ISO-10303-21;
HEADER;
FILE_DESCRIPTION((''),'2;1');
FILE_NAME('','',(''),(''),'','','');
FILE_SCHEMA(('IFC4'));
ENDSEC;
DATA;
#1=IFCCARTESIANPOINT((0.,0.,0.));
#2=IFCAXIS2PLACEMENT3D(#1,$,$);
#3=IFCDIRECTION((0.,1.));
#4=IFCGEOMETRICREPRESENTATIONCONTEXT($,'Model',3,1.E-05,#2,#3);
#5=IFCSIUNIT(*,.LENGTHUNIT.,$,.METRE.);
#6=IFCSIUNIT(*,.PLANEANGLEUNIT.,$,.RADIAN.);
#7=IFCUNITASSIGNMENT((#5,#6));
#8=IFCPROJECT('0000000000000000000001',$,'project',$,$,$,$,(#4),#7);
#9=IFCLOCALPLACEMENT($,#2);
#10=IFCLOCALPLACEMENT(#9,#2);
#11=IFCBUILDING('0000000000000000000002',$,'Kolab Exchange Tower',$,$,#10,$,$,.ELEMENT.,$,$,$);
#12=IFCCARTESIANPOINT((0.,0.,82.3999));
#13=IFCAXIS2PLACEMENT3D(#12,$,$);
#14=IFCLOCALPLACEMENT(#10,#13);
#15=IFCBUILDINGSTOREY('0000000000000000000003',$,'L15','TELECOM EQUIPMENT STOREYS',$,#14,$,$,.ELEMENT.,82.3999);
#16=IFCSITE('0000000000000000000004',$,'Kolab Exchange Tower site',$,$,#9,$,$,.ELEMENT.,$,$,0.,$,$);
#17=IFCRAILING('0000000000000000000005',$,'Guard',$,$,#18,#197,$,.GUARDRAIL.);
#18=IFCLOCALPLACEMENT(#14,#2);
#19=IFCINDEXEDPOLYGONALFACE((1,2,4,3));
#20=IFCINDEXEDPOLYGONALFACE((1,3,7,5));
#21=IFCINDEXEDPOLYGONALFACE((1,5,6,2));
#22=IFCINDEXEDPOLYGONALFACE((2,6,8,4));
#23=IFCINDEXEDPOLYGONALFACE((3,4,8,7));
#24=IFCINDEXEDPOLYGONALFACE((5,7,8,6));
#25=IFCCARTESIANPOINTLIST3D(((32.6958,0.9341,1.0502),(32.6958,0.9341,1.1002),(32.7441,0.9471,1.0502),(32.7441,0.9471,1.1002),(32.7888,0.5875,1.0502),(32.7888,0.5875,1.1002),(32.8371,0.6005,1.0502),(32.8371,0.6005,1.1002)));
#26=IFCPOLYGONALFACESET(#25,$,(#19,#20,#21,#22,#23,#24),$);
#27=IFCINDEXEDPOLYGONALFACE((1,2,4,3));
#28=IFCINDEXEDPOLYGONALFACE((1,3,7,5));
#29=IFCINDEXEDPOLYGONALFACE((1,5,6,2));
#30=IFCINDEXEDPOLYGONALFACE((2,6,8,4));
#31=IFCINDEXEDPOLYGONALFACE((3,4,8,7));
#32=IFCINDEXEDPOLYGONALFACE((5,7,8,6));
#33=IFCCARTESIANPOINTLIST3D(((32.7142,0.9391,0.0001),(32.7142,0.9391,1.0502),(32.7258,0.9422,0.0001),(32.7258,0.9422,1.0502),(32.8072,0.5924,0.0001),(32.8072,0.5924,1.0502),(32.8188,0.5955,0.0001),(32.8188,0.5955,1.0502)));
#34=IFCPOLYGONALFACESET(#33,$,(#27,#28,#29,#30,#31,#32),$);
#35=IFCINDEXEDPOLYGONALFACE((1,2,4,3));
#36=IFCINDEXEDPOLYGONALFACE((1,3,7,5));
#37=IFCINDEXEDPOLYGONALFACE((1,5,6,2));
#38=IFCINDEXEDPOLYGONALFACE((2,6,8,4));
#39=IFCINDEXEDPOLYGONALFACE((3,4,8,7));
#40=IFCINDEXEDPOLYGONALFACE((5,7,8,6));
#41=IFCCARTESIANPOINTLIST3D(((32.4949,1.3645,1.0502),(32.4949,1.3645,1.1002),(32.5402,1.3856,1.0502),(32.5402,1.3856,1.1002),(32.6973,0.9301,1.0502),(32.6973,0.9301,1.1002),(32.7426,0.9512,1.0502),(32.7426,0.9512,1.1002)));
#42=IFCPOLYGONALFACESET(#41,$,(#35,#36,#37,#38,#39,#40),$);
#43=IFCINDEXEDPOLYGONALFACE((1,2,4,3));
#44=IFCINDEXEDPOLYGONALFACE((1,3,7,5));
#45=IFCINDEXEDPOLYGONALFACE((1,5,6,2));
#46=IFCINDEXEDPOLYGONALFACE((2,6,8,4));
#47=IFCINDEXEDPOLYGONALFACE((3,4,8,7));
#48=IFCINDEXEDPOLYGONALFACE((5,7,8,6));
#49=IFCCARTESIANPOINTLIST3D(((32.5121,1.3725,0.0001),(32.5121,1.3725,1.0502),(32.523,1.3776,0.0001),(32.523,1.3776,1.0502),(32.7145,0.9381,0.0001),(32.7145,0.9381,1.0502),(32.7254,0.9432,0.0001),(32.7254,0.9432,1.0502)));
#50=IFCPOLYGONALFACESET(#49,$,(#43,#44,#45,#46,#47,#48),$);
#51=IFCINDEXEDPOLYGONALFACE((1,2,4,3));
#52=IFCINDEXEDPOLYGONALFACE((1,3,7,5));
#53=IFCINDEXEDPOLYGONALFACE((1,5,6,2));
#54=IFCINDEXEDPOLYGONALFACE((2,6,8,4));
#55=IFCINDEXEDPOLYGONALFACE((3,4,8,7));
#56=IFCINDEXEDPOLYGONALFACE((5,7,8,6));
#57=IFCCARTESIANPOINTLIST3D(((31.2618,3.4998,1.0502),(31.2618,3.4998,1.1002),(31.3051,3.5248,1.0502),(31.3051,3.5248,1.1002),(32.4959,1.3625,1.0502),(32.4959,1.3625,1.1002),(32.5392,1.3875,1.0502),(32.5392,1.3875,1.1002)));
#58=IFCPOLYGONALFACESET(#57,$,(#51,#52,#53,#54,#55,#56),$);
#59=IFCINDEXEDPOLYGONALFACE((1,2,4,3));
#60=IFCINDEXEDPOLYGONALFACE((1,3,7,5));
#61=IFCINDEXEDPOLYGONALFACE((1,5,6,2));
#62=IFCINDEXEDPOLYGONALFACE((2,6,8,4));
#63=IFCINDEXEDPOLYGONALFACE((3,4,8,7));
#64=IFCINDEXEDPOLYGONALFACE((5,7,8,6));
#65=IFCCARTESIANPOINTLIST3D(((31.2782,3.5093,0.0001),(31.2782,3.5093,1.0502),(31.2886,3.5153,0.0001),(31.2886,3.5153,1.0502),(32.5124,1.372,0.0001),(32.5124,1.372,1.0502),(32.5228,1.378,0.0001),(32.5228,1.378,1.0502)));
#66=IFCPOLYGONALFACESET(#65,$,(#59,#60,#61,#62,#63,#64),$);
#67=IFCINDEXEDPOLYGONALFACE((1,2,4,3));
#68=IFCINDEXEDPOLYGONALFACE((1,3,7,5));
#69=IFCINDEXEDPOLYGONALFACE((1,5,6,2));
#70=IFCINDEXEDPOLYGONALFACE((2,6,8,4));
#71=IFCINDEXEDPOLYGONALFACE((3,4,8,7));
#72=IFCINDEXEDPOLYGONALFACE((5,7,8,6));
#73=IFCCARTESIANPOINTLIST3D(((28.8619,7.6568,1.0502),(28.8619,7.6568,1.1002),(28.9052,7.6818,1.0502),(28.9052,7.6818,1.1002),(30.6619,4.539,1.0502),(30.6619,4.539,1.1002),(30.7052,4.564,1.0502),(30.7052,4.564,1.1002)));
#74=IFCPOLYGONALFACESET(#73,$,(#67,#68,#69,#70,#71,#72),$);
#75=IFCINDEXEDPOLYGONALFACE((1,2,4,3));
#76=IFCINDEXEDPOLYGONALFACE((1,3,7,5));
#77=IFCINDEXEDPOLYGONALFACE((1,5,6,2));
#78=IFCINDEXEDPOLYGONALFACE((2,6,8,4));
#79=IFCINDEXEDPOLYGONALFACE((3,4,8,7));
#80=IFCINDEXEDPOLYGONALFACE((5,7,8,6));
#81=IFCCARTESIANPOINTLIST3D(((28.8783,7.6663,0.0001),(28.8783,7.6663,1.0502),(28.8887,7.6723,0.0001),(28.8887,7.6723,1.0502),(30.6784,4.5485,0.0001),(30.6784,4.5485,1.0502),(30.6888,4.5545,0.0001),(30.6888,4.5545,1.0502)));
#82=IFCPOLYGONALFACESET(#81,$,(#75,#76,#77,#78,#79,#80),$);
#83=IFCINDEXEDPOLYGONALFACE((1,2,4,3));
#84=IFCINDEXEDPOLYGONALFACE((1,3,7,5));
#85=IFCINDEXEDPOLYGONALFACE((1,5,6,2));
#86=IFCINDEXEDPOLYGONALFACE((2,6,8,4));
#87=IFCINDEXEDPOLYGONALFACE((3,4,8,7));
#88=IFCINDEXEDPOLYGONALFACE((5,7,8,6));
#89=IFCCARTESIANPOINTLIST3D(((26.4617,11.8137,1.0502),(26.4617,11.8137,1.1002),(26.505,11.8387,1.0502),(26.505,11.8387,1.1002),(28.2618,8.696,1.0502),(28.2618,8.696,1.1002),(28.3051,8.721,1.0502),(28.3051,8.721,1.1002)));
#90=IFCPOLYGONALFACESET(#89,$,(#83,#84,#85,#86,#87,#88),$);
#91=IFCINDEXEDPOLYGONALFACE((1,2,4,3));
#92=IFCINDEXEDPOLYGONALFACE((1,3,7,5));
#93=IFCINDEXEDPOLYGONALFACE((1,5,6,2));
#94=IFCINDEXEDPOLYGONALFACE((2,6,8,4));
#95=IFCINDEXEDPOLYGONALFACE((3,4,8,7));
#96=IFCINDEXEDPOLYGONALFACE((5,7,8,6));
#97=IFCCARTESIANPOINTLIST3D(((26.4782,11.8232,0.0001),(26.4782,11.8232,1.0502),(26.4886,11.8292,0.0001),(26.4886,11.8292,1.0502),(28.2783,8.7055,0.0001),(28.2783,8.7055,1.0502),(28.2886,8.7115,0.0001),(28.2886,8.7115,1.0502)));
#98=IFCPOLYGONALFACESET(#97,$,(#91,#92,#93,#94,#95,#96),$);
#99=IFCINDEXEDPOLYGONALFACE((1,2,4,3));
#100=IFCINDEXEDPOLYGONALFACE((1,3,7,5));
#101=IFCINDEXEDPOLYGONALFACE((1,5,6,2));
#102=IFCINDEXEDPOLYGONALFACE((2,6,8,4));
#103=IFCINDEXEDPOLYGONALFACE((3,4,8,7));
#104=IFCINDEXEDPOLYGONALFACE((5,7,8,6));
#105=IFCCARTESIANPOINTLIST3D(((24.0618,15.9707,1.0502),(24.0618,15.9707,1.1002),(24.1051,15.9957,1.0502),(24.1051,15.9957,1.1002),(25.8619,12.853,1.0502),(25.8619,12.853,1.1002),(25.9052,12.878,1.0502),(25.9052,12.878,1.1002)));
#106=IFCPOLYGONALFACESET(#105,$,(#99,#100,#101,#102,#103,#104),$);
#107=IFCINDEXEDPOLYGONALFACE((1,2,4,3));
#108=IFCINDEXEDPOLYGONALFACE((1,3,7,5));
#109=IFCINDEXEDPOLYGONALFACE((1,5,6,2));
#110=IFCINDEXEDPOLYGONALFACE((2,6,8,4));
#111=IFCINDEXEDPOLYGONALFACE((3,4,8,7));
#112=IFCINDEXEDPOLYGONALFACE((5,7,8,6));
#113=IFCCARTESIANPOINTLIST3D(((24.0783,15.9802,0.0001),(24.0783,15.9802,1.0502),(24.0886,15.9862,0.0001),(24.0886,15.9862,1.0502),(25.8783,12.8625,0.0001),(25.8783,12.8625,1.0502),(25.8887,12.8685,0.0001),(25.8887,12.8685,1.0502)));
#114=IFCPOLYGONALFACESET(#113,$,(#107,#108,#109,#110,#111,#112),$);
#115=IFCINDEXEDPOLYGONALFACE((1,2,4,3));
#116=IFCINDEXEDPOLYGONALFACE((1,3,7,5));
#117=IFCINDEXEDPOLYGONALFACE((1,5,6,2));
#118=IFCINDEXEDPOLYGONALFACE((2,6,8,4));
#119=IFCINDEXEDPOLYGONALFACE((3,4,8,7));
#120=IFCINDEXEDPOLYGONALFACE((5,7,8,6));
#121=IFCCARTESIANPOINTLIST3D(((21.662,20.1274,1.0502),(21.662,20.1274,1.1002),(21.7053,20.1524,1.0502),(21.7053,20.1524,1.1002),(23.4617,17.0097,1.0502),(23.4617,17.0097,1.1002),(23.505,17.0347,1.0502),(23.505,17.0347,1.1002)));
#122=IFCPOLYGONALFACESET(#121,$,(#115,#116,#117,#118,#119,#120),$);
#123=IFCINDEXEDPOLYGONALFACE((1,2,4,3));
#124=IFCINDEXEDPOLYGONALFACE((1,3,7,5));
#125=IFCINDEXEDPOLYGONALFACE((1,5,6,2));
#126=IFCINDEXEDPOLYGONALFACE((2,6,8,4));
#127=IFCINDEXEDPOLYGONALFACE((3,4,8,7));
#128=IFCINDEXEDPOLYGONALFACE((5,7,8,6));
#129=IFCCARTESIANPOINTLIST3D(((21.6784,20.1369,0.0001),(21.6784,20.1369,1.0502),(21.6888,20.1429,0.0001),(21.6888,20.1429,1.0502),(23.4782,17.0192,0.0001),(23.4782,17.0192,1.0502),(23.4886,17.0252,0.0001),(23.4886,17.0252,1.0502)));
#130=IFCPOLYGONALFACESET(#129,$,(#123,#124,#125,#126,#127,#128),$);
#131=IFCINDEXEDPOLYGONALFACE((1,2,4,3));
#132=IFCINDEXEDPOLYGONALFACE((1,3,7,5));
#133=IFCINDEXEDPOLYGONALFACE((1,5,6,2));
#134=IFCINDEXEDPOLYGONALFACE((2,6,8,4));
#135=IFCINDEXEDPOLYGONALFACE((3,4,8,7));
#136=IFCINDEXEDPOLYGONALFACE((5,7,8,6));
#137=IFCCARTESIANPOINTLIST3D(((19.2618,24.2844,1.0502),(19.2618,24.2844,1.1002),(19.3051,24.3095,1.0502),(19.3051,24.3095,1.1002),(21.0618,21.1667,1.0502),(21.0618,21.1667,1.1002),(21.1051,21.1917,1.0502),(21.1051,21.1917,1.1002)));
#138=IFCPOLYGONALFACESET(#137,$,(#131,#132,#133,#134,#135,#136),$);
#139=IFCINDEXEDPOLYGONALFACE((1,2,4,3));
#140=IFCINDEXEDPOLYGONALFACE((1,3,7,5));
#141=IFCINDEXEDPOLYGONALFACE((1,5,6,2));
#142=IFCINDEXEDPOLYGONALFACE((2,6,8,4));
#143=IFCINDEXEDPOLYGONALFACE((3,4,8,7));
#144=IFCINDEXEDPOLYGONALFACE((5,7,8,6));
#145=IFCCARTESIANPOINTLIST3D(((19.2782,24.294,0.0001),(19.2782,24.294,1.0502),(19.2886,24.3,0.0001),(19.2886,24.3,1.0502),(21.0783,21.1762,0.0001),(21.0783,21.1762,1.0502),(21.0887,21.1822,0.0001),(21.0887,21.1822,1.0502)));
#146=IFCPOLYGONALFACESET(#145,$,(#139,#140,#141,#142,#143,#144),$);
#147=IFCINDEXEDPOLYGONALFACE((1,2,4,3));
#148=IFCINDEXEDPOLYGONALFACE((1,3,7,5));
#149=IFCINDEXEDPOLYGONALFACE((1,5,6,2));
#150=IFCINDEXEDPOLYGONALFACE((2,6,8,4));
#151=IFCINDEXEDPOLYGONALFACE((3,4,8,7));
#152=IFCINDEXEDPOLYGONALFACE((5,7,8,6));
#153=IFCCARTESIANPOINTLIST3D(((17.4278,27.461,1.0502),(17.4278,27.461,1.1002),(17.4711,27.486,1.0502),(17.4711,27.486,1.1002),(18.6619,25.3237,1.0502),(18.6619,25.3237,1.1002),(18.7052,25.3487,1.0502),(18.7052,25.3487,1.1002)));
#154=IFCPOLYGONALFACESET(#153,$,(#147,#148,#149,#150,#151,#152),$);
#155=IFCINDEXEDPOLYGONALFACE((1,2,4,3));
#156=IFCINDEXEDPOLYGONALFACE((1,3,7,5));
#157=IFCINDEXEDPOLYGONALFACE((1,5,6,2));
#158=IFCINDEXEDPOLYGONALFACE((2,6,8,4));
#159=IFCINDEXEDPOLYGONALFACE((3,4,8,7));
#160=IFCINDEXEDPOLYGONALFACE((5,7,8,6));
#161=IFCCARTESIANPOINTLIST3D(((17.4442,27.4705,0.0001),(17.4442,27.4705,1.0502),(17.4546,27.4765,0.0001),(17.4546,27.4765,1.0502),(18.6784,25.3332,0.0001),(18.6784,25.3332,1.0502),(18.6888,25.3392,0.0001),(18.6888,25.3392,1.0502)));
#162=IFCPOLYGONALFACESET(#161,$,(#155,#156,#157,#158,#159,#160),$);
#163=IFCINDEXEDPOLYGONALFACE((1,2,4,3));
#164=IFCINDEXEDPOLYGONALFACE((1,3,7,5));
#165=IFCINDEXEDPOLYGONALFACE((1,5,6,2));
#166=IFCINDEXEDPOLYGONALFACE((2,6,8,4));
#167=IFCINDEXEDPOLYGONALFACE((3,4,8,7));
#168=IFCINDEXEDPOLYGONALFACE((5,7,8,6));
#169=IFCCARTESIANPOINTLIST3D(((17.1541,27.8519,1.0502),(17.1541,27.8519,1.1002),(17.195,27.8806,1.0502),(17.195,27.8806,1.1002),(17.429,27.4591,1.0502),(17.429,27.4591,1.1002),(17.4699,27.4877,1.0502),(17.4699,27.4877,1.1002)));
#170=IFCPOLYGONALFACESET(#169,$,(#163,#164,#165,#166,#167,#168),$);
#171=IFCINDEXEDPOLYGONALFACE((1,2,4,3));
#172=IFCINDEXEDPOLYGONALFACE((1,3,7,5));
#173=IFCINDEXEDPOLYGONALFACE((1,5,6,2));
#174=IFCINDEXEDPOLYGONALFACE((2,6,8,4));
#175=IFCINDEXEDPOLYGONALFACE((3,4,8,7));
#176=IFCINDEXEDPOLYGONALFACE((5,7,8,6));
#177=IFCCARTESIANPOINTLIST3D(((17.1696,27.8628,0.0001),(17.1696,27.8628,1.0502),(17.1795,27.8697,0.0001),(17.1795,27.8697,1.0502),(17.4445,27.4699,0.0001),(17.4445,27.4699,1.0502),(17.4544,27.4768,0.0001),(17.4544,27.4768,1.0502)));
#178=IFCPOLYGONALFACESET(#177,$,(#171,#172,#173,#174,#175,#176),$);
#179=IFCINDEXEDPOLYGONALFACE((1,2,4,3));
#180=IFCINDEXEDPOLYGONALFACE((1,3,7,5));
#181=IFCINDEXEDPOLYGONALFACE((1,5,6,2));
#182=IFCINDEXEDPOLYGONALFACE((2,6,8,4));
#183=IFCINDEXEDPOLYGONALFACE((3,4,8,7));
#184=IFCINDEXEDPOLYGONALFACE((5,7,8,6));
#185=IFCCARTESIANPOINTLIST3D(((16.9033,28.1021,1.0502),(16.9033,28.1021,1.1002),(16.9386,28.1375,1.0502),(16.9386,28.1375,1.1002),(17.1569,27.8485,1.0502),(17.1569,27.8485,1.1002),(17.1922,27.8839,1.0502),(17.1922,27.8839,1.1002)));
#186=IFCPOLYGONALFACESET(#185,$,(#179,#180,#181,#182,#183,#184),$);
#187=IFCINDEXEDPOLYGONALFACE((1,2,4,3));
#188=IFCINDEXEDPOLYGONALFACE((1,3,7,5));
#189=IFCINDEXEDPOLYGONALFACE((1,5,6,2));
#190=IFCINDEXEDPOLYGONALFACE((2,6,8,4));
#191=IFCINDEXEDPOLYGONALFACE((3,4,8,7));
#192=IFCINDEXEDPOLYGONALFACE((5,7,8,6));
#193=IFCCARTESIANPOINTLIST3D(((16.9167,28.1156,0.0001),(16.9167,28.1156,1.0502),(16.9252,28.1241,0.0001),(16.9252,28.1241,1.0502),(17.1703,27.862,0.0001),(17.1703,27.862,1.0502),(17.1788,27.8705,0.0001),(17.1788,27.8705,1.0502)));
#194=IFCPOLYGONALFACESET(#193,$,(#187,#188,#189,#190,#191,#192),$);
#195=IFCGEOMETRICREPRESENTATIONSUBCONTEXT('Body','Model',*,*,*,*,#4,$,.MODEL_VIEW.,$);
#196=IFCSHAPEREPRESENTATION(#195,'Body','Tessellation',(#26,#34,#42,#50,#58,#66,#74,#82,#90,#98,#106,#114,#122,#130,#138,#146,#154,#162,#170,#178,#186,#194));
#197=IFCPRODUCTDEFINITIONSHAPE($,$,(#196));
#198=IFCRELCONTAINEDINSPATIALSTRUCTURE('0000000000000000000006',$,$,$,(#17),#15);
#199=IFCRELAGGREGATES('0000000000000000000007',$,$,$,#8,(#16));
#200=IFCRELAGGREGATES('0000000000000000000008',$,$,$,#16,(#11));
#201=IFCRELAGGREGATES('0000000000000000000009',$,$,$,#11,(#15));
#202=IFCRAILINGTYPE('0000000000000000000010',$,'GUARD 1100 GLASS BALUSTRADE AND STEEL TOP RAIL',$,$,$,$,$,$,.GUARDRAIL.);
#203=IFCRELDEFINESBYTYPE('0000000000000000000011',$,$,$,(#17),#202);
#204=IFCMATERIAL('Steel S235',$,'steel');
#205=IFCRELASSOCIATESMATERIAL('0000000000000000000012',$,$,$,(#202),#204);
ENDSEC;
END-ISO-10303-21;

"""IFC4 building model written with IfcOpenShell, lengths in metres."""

from ifc_helpers import new_model, si_unit, direction, frame, frame_2d, origin, origin_2d, place, context, subcontext, project, spatial, rectangle, extrude, material, type_object, element, save


model = new_model("IFC4")

# Units and contexts
model_context = context("Model", 3, precision=1e-05, world=origin(), true_north=direction((0.0, 1.0)))
body_context = subcontext(model_context, "Body", "Model", "MODEL_VIEW")
ifc_project = project(units=[si_unit("LENGTHUNIT", "METRE"), si_unit("PLANEANGLEUNIT", "RADIAN")], contexts=[model_context])

# Site, building, storey
site_placement = place(None, origin())
site = spatial("IfcSite", under=ifc_project, at=site_placement, Name="Kolab Exchange Tower site", CompositionType="ELEMENT", RefElevation=0.0)
building_placement = place(site_placement, origin())
building = spatial("IfcBuilding", under=site, at=building_placement, Name="Kolab Exchange Tower", CompositionType="ELEMENT")
storey_placement = place(building_placement, frame((0.0, 0.0, 82.3999)))
storey = spatial("IfcBuildingStorey", under=building, at=storey_placement, Name="L15", Description="TELECOM EQUIPMENT STOREYS", CompositionType="ELEMENT", Elevation=82.3999)

# Railing
ifc_material_1 = material(Name="Steel S235", Category="steel")
railing_type = type_object("IfcRailingType", Name="GUARD 1100 GLASS BALUSTRADE AND STEEL TOP RAIL", PredefinedType="GUARDRAIL", material=ifc_material_1)
railing_placement = place(storey_placement, frame((32.813, 0.594, 0.0)))
element("IfcRailing", 1, at=railing_placement, inside=storey, type_object=railing_type, Name="Guard", PredefinedType="GUARDRAIL", context=body_context, shape_type="SweptSolid", body=[
    extrude(rectangle(XDim=0.05, YDim=0.05, at=origin_2d()), frame((0.0, 0.0, 1.0752), z_axis=(-0.259144, 0.965839, 0.0), x_axis=(-0.965839, -0.259144, 0.0)), (0.0, 0.0, 1.0), 0.3589),
    extrude(rectangle(XDim=0.012, YDim=1.0501, at=frame_2d((0.0, 0.5251))), frame((0.0, 0.0, 0.0), z_axis=(-0.259144, 0.965839, 0.0), x_axis=(-0.965839, -0.259144, 0.0)), (0.0, 0.0, 1.0), 0.3589),
    extrude(rectangle(XDim=0.05, YDim=0.05, at=origin_2d()), frame((-0.093, 0.3467, 1.0752), z_axis=(-0.422383, 0.906417, 0.0), x_axis=(-0.906417, -0.422383, 0.0)), (0.0, 0.0, 1.0), 0.4792),
    extrude(rectangle(XDim=0.012, YDim=1.0501, at=frame_2d((0.0, 0.5251))), frame((-0.093, 0.3467, 0.0), z_axis=(-0.422383, 0.906417, 0.0), x_axis=(-0.906417, -0.422383, 0.0)), (0.0, 0.0, 1.0), 0.4792),
    extrude(rectangle(XDim=0.05, YDim=0.05, at=origin_2d()), frame((-0.2954, 0.781, 1.0752), z_axis=(-0.500065, 0.865988, 0.0), x_axis=(-0.865988, -0.500065, 0.0)), (0.0, 0.0, 1.0), 2.468),
    extrude(rectangle(XDim=0.012, YDim=1.0501, at=frame_2d((0.0, 0.5251))), frame((-0.2954, 0.781, 0.0), z_axis=(-0.500065, 0.865988, 0.0), x_axis=(-0.865988, -0.500065, 0.0)), (0.0, 0.0, 1.0), 2.468),
    extrude(rectangle(XDim=0.05, YDim=0.05, at=origin_2d()), frame((-2.1294, 3.9575, 1.0752), z_axis=(-0.500012, 0.866018, 0.0), x_axis=(-0.866018, -0.500012, 0.0)), (0.0, 0.0, 1.0), 3.6001),
    extrude(rectangle(XDim=0.012, YDim=1.0501, at=frame_2d((0.0, 0.5251))), frame((-2.1294, 3.9575, 0.0), z_axis=(-0.500012, 0.866018, 0.0), x_axis=(-0.866018, -0.500012, 0.0)), (0.0, 0.0, 1.0), 3.6001),
    extrude(rectangle(XDim=0.05, YDim=0.05, at=origin_2d()), frame((-4.5295, 8.1145, 1.0752), z_axis=(-0.500012, 0.866018, 0.0), x_axis=(-0.866018, -0.500012, 0.0)), (0.0, 0.0, 1.0), 3.6001),
    extrude(rectangle(XDim=0.012, YDim=1.0501, at=frame_2d((0.0, 0.5251))), frame((-4.5295, 8.1145, 0.0), z_axis=(-0.500012, 0.866018, 0.0), x_axis=(-0.866018, -0.500012, 0.0)), (0.0, 0.0, 1.0), 3.6001),
    extrude(rectangle(XDim=0.05, YDim=0.05, at=origin_2d()), frame((-6.9294, 12.2715, 1.0752), z_axis=(-0.500012, 0.866018, 0.0), x_axis=(-0.866018, -0.500012, 0.0)), (0.0, 0.0, 1.0), 3.6001),
    extrude(rectangle(XDim=0.012, YDim=1.0501, at=frame_2d((0.0, 0.5251))), frame((-6.9294, 12.2715, 0.0), z_axis=(-0.500012, 0.866018, 0.0), x_axis=(-0.866018, -0.500012, 0.0)), (0.0, 0.0, 1.0), 3.6001),
    extrude(rectangle(XDim=0.05, YDim=0.05, at=origin_2d()), frame((-9.3296, 16.4282, 1.0752), z_axis=(-0.499961, 0.866048, 0.0), x_axis=(-0.866048, -0.499961, 0.0)), (0.0, 0.0, 1.0), 3.5999),
    extrude(rectangle(XDim=0.012, YDim=1.0501, at=frame_2d((0.0, 0.5251))), frame((-9.3296, 16.4282, 0.0), z_axis=(-0.499961, 0.866048, 0.0), x_axis=(-0.866048, -0.499961, 0.0)), (0.0, 0.0, 1.0), 3.5999),
    extrude(rectangle(XDim=0.05, YDim=0.05, at=origin_2d()), frame((-11.7295, 20.5852, 1.0752), z_axis=(-0.500012, 0.866018, 0.0), x_axis=(-0.866018, -0.500012, 0.0)), (0.0, 0.0, 1.0), 3.6001),
    extrude(rectangle(XDim=0.012, YDim=1.0501, at=frame_2d((0.0, 0.5251))), frame((-11.7295, 20.5852, 0.0), z_axis=(-0.500012, 0.866018, 0.0), x_axis=(-0.866018, -0.500012, 0.0)), (0.0, 0.0, 1.0), 3.6001),
    extrude(rectangle(XDim=0.05, YDim=0.05, at=origin_2d()), frame((-14.1294, 24.7422, 1.0752), z_axis=(-0.500065, 0.865988, 0.0), x_axis=(-0.865988, -0.500065, 0.0)), (0.0, 0.0, 1.0), 2.468),
    extrude(rectangle(XDim=0.012, YDim=1.0501, at=frame_2d((0.0, 0.5251))), frame((-14.1294, 24.7422, 0.0), z_axis=(-0.500065, 0.865988, 0.0), x_axis=(-0.865988, -0.500065, 0.0)), (0.0, 0.0, 1.0), 2.468),
    extrude(rectangle(XDim=0.05, YDim=0.05, at=origin_2d()), frame((-15.3635, 26.8794, 1.0752), z_axis=(-0.57336, 0.819304, 0.0), x_axis=(-0.819304, -0.57336, 0.0)), (0.0, 0.0, 1.0), 0.4795),
    extrude(rectangle(XDim=0.012, YDim=1.0501, at=frame_2d((0.0, 0.5251))), frame((-15.3635, 26.8794, 0.0), z_axis=(-0.57336, 0.819304, 0.0), x_axis=(-0.819304, -0.57336, 0.0)), (0.0, 0.0, 1.0), 0.4795),
    extrude(rectangle(XDim=0.05, YDim=0.05, at=origin_2d()), frame((-15.6384, 27.2722, 1.0752), z_axis=(-0.707107, 0.707107, 0.0), x_axis=(-0.707107, -0.707107, 0.0)), (0.0, 0.0, 1.0), 0.3586),
    extrude(rectangle(XDim=0.012, YDim=1.0501, at=frame_2d((0.0, 0.5251))), frame((-15.6384, 27.2722, 0.0), z_axis=(-0.707107, 0.707107, 0.0), x_axis=(-0.707107, -0.707107, 0.0)), (0.0, 0.0, 1.0), 0.3586),
])

save(model, "model.ifc")
